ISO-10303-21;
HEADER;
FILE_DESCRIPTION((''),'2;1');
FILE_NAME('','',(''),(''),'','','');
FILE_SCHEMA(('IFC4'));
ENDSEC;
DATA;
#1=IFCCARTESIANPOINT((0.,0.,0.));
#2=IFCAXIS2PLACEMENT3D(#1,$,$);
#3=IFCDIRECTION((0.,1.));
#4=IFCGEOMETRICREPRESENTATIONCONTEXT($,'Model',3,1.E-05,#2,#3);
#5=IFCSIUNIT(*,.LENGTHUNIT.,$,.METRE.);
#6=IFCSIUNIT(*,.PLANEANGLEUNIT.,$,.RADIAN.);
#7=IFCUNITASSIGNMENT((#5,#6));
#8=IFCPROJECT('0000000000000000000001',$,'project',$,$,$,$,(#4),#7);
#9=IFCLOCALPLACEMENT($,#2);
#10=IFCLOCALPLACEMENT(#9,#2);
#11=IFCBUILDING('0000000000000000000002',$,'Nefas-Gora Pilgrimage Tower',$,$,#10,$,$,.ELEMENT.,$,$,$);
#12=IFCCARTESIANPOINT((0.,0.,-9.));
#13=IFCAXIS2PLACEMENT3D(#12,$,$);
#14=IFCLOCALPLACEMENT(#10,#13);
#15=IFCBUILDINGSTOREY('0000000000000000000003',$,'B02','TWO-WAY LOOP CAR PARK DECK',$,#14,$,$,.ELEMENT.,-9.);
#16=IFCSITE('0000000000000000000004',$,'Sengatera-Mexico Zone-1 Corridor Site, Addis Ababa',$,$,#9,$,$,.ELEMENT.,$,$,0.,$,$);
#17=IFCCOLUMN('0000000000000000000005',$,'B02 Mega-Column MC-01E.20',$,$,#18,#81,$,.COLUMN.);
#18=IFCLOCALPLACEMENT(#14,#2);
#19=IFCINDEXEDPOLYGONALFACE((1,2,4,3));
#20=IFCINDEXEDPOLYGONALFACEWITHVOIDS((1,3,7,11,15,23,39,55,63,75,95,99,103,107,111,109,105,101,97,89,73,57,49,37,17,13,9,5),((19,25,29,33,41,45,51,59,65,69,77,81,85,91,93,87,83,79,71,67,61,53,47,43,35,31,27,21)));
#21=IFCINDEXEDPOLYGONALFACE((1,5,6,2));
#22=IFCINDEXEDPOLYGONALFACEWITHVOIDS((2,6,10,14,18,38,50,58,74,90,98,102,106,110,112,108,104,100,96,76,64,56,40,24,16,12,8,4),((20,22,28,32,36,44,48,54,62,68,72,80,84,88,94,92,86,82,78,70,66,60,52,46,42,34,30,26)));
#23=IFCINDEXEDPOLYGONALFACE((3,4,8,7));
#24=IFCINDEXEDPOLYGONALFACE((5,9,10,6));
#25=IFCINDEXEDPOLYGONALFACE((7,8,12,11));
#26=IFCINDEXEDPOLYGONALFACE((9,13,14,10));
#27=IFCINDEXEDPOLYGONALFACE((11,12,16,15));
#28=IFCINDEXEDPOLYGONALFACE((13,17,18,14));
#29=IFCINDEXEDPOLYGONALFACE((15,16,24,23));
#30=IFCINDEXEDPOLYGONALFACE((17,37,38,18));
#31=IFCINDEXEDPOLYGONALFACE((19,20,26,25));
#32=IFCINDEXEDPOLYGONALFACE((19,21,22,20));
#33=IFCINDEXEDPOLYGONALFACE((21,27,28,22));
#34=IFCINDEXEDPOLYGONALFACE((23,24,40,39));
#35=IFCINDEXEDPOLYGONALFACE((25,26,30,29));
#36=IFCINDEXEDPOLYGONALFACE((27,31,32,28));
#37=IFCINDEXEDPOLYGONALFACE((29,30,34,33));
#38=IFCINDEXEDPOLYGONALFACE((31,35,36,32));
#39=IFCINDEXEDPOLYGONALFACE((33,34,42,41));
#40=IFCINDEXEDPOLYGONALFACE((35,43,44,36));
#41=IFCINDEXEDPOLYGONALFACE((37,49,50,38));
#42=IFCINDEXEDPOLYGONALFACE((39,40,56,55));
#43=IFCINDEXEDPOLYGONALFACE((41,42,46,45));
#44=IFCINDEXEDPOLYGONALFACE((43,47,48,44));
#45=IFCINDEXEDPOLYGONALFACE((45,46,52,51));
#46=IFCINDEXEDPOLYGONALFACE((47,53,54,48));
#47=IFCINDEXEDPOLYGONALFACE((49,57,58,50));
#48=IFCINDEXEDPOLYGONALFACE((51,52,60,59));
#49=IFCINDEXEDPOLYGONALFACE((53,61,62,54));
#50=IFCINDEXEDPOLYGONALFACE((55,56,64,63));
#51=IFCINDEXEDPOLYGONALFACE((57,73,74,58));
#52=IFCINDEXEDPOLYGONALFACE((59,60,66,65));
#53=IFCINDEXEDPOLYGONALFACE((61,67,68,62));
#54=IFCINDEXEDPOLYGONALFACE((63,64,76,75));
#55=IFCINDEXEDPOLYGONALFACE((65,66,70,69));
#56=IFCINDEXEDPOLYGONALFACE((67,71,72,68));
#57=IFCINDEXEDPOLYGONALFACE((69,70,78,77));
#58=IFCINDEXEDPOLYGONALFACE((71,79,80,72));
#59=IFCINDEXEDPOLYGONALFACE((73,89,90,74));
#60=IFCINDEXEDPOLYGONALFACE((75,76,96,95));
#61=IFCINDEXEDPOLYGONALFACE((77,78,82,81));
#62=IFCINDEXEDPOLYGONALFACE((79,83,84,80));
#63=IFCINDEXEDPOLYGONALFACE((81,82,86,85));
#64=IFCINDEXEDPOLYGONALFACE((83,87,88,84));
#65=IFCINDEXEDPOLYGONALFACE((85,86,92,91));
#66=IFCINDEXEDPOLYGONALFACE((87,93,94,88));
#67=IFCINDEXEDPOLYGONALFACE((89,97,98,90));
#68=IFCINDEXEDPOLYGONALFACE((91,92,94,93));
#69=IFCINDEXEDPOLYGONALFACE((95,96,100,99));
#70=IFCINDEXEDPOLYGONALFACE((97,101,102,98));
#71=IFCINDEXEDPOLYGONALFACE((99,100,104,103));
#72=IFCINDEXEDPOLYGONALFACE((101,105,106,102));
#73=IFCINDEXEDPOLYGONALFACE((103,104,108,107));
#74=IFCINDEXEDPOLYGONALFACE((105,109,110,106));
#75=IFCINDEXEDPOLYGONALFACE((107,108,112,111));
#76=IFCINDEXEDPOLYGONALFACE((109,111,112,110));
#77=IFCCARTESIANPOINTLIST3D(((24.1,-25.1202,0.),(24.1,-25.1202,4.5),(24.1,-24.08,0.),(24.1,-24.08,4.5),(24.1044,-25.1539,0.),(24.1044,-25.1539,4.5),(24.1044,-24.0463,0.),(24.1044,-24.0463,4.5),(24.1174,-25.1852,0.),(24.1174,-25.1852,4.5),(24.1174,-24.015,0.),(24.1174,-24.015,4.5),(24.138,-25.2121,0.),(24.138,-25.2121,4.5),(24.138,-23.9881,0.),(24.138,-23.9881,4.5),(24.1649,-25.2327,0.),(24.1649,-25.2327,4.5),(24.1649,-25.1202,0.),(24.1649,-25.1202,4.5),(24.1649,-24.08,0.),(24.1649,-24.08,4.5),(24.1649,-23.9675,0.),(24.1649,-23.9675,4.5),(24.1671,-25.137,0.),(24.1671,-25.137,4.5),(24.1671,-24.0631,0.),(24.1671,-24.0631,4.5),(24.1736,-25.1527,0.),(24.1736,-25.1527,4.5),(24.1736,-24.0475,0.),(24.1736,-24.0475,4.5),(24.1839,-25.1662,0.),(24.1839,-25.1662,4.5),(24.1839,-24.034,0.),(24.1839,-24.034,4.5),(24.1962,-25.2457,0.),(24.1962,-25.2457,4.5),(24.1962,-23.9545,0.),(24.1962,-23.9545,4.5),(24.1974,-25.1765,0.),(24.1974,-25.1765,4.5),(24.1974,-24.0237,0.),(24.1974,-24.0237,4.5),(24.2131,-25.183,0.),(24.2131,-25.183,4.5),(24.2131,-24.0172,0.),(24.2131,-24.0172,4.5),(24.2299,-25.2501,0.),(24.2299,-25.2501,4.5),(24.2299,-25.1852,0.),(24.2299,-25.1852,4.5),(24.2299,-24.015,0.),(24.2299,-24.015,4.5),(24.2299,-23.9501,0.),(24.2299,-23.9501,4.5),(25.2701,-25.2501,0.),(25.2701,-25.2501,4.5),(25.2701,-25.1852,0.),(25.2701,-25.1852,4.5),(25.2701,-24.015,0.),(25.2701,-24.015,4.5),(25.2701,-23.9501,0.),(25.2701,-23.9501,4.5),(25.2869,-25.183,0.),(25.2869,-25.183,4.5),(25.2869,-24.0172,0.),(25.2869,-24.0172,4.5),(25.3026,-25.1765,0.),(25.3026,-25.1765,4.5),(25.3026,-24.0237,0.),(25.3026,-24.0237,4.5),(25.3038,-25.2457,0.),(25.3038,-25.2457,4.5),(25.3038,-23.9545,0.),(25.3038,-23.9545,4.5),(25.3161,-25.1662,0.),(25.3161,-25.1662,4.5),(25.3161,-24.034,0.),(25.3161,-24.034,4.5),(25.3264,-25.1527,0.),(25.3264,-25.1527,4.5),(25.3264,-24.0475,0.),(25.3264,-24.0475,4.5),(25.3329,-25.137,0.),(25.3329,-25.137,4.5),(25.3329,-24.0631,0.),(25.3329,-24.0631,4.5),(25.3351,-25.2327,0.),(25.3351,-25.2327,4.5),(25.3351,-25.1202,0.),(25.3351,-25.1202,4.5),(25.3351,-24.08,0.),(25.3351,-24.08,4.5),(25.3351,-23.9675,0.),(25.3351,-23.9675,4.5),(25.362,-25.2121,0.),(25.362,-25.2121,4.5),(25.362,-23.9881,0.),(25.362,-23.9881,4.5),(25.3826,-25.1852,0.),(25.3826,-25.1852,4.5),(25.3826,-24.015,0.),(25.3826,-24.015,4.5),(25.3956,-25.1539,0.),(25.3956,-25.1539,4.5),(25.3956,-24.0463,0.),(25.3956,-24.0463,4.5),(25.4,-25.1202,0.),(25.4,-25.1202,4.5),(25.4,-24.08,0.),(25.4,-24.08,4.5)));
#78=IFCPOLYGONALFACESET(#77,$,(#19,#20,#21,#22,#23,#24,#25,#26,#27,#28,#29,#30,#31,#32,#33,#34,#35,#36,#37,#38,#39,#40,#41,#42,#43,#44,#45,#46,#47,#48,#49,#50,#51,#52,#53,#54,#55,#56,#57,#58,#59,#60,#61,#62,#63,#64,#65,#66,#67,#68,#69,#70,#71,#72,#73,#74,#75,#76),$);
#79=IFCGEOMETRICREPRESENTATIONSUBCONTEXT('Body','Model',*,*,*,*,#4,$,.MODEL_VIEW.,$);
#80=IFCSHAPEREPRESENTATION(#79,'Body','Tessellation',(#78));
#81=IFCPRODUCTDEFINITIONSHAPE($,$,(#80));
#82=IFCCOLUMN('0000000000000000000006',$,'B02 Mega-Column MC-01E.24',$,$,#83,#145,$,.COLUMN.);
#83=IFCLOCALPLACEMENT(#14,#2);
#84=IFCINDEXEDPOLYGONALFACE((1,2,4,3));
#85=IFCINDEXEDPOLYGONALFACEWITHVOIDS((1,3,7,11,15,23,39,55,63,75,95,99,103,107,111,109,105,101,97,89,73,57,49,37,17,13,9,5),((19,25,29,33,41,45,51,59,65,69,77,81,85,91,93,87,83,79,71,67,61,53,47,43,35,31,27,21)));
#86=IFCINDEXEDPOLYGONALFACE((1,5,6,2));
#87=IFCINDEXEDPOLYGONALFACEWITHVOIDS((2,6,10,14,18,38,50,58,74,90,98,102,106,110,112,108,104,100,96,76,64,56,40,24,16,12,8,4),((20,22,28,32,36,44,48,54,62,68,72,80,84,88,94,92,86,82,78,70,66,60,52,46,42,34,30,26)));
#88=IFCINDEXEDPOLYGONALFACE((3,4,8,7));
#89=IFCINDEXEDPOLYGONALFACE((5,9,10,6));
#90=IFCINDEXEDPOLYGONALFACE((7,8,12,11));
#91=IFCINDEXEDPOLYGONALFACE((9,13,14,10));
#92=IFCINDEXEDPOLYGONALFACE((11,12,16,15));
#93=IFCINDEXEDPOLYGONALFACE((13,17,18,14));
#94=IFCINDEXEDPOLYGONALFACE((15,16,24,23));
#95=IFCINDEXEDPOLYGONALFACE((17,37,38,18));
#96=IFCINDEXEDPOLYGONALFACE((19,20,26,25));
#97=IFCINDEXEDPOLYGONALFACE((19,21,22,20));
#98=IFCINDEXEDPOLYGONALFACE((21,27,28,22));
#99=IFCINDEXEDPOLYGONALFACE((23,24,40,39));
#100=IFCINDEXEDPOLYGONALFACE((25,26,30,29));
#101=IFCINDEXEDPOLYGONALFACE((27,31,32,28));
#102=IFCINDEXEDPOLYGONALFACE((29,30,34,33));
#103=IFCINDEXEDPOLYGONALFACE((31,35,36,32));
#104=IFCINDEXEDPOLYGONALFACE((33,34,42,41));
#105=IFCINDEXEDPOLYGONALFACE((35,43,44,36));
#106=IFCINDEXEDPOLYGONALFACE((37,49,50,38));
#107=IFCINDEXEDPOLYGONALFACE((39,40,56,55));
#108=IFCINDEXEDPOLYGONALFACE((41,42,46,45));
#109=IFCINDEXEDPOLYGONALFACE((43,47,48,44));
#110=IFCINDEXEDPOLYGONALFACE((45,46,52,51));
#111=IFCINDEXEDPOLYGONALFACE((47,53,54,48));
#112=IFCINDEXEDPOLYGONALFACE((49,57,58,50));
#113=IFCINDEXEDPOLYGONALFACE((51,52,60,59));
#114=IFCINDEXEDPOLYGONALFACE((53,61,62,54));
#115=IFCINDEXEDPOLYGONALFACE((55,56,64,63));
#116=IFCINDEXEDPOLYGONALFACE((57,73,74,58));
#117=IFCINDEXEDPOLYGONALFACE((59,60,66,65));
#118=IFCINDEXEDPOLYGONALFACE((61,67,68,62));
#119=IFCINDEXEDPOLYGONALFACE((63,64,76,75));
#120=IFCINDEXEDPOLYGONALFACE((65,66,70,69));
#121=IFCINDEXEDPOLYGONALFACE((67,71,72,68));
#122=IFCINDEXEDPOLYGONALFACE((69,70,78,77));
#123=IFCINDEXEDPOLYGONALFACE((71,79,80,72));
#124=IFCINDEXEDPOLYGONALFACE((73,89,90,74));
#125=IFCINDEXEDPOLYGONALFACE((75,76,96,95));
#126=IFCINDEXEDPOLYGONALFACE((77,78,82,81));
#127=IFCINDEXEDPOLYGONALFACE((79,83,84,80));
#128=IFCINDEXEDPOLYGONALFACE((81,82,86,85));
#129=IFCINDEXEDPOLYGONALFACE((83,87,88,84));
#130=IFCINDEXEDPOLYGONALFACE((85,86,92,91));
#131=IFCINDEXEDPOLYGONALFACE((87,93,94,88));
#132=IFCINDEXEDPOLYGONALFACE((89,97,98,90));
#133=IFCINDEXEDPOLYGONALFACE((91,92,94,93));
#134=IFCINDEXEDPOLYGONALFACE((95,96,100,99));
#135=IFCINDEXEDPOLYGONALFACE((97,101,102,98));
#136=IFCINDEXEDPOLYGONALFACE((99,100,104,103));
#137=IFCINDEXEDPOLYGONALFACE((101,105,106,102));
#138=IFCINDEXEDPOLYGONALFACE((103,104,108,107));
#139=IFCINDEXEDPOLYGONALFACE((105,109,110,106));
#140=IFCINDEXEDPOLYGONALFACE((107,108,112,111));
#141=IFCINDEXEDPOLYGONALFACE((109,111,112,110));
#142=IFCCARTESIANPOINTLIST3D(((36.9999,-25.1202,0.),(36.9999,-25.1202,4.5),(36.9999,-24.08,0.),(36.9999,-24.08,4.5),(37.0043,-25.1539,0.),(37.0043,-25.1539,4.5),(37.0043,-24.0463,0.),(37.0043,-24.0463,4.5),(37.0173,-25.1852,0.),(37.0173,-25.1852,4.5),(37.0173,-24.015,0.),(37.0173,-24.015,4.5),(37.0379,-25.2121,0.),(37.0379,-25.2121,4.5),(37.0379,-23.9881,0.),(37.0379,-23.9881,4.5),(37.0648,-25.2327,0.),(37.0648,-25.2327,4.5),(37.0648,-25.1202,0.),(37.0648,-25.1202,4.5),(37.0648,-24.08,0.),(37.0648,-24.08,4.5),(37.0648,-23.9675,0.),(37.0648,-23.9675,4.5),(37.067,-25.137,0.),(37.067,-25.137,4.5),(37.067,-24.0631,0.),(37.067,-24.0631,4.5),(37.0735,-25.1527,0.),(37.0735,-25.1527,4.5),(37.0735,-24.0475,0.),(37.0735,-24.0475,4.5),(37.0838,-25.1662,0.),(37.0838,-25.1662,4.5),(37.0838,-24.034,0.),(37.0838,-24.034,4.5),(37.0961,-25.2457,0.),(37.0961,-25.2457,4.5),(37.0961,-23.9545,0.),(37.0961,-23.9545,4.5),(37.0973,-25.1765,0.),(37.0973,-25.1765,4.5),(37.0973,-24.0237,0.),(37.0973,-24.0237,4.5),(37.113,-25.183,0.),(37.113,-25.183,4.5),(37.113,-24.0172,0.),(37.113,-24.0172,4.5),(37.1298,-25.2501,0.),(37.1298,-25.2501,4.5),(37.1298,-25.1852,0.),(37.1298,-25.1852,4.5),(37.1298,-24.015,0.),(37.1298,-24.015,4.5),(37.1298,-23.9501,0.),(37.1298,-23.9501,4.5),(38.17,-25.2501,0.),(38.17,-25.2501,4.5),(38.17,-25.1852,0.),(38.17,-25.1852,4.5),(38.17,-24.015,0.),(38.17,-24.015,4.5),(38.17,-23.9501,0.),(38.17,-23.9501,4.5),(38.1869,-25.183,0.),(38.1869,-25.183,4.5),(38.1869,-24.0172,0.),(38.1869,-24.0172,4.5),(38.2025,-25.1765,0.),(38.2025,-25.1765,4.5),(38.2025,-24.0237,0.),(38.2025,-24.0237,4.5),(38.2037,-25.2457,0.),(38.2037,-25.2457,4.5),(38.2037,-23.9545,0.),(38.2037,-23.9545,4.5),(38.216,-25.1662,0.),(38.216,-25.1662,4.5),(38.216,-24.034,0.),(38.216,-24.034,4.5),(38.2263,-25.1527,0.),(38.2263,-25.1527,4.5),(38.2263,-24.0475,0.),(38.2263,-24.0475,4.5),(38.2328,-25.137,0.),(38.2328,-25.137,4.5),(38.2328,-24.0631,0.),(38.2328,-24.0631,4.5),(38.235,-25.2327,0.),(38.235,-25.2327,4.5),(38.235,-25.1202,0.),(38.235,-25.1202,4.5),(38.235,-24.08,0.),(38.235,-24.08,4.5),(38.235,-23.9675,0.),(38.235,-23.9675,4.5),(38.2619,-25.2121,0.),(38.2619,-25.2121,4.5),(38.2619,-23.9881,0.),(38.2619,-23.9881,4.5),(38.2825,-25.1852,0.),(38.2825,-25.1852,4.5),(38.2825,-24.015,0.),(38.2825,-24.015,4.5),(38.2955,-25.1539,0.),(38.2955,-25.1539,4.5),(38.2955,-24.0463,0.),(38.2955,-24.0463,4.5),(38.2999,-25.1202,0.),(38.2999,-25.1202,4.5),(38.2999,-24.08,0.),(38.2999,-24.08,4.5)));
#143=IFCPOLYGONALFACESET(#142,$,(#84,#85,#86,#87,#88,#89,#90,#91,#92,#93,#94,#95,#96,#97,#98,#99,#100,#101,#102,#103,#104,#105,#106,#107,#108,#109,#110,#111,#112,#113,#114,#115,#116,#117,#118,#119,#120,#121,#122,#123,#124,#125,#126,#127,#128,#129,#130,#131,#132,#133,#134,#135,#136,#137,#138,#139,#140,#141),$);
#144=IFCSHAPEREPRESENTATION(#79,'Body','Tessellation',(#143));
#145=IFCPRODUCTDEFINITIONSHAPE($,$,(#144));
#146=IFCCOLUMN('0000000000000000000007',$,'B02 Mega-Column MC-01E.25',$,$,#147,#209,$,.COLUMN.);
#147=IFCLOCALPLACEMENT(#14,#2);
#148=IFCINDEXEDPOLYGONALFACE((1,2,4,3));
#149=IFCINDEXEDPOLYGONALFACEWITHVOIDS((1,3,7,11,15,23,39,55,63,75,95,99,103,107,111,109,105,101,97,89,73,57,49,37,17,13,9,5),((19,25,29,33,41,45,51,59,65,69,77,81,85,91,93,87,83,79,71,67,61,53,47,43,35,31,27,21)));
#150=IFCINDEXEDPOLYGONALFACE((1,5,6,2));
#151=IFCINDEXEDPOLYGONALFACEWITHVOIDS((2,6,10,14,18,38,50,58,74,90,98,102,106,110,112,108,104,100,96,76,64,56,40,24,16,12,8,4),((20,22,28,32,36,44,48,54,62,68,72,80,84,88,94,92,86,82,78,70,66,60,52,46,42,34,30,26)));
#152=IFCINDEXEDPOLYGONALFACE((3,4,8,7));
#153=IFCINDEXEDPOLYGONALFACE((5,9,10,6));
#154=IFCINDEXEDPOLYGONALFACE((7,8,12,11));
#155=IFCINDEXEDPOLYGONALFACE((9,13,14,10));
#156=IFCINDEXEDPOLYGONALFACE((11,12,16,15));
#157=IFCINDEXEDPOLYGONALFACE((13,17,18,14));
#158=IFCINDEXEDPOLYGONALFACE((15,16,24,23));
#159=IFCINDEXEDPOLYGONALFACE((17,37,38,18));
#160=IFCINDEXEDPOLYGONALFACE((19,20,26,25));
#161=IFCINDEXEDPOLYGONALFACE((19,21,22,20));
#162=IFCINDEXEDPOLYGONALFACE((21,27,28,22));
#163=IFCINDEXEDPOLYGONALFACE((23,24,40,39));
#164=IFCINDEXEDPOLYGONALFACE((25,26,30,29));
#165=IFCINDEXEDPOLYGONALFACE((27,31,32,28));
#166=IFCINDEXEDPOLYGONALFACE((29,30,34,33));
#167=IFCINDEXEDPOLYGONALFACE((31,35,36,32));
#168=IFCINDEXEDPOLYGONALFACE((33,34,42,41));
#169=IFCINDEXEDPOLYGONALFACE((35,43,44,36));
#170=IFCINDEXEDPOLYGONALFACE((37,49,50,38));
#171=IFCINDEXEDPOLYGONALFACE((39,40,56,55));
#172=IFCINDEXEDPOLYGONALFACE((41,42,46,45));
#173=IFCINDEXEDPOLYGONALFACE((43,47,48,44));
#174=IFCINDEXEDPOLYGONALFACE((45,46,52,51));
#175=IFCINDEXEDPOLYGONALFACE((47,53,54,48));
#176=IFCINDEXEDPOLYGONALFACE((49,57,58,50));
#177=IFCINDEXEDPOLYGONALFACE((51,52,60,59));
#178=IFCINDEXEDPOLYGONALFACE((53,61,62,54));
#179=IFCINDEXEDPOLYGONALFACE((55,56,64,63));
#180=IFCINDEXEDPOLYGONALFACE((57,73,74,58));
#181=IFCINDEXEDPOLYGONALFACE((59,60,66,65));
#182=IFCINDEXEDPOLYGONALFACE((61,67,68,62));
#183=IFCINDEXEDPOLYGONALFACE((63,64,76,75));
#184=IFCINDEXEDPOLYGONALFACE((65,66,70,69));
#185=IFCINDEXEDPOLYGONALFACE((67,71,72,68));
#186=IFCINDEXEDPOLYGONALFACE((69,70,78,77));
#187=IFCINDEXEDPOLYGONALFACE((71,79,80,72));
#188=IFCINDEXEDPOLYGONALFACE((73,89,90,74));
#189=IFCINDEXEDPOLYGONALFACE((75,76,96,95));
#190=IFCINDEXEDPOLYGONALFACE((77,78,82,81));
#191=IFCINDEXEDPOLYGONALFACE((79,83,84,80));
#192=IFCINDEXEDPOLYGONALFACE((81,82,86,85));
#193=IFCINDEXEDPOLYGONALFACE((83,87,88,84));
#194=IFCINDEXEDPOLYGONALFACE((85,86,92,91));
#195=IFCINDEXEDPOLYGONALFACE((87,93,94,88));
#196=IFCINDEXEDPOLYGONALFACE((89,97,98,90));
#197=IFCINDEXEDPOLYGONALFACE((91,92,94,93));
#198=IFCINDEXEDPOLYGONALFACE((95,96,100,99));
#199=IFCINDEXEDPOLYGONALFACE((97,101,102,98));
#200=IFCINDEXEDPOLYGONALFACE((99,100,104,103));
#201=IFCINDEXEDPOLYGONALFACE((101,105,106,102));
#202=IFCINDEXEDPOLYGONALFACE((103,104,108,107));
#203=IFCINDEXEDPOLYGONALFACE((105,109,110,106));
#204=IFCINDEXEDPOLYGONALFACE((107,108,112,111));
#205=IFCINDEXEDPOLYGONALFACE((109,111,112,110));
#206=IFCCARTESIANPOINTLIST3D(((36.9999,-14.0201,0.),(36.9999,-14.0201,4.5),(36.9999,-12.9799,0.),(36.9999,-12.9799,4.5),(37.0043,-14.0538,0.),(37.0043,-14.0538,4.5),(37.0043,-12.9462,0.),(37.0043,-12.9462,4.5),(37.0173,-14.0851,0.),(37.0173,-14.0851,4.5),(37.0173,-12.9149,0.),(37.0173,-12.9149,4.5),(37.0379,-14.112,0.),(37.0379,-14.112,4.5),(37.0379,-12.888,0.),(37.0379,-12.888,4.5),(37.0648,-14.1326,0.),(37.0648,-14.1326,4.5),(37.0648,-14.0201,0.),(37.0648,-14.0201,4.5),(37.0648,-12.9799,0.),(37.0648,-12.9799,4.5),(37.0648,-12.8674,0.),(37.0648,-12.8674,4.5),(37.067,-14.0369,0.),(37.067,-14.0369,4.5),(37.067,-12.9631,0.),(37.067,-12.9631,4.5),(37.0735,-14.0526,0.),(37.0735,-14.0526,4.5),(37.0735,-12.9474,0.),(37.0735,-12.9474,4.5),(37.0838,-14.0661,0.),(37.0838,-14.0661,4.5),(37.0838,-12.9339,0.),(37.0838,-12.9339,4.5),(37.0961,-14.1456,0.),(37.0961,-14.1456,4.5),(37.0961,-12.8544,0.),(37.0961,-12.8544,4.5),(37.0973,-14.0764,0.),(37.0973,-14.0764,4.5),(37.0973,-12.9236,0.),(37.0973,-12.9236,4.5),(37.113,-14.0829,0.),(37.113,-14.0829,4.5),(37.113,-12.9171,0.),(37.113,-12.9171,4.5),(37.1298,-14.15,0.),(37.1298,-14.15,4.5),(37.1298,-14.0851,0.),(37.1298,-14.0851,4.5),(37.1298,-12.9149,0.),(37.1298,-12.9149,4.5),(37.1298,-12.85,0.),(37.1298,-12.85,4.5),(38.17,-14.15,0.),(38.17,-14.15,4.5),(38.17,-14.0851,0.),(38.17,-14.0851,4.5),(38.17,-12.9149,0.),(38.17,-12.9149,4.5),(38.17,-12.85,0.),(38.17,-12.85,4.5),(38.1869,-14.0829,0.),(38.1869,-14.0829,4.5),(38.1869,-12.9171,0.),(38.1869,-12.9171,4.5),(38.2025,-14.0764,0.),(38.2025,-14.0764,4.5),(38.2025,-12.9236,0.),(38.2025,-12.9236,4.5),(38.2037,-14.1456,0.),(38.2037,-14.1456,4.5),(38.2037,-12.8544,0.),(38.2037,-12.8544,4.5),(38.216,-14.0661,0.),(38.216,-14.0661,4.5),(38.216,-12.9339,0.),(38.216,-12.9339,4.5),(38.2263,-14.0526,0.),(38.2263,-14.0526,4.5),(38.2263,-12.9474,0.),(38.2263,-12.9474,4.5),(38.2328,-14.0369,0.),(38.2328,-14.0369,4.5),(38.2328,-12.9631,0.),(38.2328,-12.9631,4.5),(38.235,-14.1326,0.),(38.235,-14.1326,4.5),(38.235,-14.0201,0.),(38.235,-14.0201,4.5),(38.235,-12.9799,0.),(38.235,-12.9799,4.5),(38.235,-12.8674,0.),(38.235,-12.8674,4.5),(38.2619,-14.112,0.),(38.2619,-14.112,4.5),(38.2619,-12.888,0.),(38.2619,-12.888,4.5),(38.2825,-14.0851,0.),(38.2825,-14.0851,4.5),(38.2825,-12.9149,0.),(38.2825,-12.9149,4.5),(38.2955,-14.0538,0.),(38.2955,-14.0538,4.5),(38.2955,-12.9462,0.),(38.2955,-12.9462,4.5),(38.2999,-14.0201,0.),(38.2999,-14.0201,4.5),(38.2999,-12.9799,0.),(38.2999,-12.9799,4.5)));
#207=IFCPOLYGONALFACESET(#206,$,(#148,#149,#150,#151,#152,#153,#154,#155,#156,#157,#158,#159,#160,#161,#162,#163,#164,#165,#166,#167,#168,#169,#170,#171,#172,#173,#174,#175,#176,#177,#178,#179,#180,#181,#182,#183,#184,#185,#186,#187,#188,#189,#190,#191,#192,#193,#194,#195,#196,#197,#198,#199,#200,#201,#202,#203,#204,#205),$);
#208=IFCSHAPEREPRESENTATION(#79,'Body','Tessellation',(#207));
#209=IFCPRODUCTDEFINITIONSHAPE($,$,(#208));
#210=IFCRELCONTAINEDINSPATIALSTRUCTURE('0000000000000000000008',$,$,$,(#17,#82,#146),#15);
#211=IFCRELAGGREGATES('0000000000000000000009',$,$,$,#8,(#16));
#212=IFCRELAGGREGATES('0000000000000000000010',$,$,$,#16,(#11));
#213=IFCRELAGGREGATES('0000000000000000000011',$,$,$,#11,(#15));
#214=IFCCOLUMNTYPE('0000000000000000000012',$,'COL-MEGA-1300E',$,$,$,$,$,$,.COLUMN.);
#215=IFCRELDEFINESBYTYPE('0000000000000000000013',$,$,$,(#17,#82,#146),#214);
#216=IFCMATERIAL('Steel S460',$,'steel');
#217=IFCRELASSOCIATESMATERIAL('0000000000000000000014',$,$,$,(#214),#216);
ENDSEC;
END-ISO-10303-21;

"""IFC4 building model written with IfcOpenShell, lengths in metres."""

from ifc_helpers import new_model, si_unit, direction, frame, origin, origin_2d, place, context, subcontext, project, spatial, hollow_rectangle, extrude, source, transform, mapped, material, material_profile, profile_set, type_object, element, save


model = new_model("IFC4")

# Units and contexts
model_context = context("Model", 3, precision=1e-05, world=origin(), true_north=direction((0.0, 1.0)))
body_context = subcontext(model_context, "Body", "Model", "MODEL_VIEW")
ifc_project = project(units=[si_unit("LENGTHUNIT", "METRE"), si_unit("PLANEANGLEUNIT", "RADIAN")], contexts=[model_context])

# Site, building, storey
site_placement = place(None, origin())
site = spatial("IfcSite", under=ifc_project, at=site_placement, Name="Sengatera-Mexico Zone-1 Corridor Site, Addis Ababa", CompositionType="ELEMENT", RefElevation=0.0)
building_placement = place(site_placement, origin())
building = spatial("IfcBuilding", under=site, at=building_placement, Name="Nefas-Gora Pilgrimage Tower", CompositionType="ELEMENT")
storey_placement = place(building_placement, frame((0.0, 0.0, -9.0)))
storey = spatial("IfcBuildingStorey", under=building, at=storey_placement, Name="B02", Description="TWO-WAY LOOP CAR PARK DECK", CompositionType="ELEMENT", Elevation=-9.0)

# Columns
ifc_material_1 = material(Name="Steel S460", Category="steel")
ifc_material_profile_1 = material_profile(ifc_material_1, hollow_rectangle(XDim=1.3, YDim=1.3, WallThickness=0.0649, InnerFilletRadius=0.0649, OuterFilletRadius=0.1299, at=origin_2d()), Name="BOX 1300x1300x65")
ifc_profile_set_1 = profile_set([ifc_material_profile_1], Name="Steel S460")
column_type_1 = type_object("IfcColumnType", Name="COL-MEGA-1300E", PredefinedType="COLUMN", material=ifc_profile_set_1)
shared_shape_1 = source(origin(), body_context, "Body", "SweptSolid", [
    extrude(hollow_rectangle(XDim=1.3, YDim=1.3, WallThickness=0.0649, InnerFilletRadius=0.0649, OuterFilletRadius=0.1299, at=origin_2d()), origin(), (0.0, 0.0, 1.0), 4.5),
])
for number, where, z_axis, x_axis, name in (
    (1, (24.75, -24.6001, 0.0), (0.0, 0.0, 1.0), (1.0, 0.0, 0.0), "B02 Mega-Column MC-01E.20"),
    (2, (37.6499, -24.6001, 0.0), (0.0, 0.0, 1.0), (1.0, 0.0, 0.0), "B02 Mega-Column MC-01E.24"),
    (3, (37.6499, -13.5, 0.0), (0.0, 0.0, 1.0), (1.0, 0.0, 0.0), "B02 Mega-Column MC-01E.25"),
):
    element("IfcColumn", number, at=place(storey_placement, frame(where, z_axis=z_axis, x_axis=x_axis)), inside=storey, type_object=column_type_1, Name=name, PredefinedType="COLUMN", context=body_context, shape_type="MappedRepresentation", body=[
        mapped(shared_shape_1, transform((0.0, 0.0, 0.0), x_axis=(1.0, 0.0, 0.0), y_axis=(0.0, 1.0, 0.0), z_axis=(0.0, 0.0, 1.0), scale=1.0)),
    ])

save(model, "model.ifc")
